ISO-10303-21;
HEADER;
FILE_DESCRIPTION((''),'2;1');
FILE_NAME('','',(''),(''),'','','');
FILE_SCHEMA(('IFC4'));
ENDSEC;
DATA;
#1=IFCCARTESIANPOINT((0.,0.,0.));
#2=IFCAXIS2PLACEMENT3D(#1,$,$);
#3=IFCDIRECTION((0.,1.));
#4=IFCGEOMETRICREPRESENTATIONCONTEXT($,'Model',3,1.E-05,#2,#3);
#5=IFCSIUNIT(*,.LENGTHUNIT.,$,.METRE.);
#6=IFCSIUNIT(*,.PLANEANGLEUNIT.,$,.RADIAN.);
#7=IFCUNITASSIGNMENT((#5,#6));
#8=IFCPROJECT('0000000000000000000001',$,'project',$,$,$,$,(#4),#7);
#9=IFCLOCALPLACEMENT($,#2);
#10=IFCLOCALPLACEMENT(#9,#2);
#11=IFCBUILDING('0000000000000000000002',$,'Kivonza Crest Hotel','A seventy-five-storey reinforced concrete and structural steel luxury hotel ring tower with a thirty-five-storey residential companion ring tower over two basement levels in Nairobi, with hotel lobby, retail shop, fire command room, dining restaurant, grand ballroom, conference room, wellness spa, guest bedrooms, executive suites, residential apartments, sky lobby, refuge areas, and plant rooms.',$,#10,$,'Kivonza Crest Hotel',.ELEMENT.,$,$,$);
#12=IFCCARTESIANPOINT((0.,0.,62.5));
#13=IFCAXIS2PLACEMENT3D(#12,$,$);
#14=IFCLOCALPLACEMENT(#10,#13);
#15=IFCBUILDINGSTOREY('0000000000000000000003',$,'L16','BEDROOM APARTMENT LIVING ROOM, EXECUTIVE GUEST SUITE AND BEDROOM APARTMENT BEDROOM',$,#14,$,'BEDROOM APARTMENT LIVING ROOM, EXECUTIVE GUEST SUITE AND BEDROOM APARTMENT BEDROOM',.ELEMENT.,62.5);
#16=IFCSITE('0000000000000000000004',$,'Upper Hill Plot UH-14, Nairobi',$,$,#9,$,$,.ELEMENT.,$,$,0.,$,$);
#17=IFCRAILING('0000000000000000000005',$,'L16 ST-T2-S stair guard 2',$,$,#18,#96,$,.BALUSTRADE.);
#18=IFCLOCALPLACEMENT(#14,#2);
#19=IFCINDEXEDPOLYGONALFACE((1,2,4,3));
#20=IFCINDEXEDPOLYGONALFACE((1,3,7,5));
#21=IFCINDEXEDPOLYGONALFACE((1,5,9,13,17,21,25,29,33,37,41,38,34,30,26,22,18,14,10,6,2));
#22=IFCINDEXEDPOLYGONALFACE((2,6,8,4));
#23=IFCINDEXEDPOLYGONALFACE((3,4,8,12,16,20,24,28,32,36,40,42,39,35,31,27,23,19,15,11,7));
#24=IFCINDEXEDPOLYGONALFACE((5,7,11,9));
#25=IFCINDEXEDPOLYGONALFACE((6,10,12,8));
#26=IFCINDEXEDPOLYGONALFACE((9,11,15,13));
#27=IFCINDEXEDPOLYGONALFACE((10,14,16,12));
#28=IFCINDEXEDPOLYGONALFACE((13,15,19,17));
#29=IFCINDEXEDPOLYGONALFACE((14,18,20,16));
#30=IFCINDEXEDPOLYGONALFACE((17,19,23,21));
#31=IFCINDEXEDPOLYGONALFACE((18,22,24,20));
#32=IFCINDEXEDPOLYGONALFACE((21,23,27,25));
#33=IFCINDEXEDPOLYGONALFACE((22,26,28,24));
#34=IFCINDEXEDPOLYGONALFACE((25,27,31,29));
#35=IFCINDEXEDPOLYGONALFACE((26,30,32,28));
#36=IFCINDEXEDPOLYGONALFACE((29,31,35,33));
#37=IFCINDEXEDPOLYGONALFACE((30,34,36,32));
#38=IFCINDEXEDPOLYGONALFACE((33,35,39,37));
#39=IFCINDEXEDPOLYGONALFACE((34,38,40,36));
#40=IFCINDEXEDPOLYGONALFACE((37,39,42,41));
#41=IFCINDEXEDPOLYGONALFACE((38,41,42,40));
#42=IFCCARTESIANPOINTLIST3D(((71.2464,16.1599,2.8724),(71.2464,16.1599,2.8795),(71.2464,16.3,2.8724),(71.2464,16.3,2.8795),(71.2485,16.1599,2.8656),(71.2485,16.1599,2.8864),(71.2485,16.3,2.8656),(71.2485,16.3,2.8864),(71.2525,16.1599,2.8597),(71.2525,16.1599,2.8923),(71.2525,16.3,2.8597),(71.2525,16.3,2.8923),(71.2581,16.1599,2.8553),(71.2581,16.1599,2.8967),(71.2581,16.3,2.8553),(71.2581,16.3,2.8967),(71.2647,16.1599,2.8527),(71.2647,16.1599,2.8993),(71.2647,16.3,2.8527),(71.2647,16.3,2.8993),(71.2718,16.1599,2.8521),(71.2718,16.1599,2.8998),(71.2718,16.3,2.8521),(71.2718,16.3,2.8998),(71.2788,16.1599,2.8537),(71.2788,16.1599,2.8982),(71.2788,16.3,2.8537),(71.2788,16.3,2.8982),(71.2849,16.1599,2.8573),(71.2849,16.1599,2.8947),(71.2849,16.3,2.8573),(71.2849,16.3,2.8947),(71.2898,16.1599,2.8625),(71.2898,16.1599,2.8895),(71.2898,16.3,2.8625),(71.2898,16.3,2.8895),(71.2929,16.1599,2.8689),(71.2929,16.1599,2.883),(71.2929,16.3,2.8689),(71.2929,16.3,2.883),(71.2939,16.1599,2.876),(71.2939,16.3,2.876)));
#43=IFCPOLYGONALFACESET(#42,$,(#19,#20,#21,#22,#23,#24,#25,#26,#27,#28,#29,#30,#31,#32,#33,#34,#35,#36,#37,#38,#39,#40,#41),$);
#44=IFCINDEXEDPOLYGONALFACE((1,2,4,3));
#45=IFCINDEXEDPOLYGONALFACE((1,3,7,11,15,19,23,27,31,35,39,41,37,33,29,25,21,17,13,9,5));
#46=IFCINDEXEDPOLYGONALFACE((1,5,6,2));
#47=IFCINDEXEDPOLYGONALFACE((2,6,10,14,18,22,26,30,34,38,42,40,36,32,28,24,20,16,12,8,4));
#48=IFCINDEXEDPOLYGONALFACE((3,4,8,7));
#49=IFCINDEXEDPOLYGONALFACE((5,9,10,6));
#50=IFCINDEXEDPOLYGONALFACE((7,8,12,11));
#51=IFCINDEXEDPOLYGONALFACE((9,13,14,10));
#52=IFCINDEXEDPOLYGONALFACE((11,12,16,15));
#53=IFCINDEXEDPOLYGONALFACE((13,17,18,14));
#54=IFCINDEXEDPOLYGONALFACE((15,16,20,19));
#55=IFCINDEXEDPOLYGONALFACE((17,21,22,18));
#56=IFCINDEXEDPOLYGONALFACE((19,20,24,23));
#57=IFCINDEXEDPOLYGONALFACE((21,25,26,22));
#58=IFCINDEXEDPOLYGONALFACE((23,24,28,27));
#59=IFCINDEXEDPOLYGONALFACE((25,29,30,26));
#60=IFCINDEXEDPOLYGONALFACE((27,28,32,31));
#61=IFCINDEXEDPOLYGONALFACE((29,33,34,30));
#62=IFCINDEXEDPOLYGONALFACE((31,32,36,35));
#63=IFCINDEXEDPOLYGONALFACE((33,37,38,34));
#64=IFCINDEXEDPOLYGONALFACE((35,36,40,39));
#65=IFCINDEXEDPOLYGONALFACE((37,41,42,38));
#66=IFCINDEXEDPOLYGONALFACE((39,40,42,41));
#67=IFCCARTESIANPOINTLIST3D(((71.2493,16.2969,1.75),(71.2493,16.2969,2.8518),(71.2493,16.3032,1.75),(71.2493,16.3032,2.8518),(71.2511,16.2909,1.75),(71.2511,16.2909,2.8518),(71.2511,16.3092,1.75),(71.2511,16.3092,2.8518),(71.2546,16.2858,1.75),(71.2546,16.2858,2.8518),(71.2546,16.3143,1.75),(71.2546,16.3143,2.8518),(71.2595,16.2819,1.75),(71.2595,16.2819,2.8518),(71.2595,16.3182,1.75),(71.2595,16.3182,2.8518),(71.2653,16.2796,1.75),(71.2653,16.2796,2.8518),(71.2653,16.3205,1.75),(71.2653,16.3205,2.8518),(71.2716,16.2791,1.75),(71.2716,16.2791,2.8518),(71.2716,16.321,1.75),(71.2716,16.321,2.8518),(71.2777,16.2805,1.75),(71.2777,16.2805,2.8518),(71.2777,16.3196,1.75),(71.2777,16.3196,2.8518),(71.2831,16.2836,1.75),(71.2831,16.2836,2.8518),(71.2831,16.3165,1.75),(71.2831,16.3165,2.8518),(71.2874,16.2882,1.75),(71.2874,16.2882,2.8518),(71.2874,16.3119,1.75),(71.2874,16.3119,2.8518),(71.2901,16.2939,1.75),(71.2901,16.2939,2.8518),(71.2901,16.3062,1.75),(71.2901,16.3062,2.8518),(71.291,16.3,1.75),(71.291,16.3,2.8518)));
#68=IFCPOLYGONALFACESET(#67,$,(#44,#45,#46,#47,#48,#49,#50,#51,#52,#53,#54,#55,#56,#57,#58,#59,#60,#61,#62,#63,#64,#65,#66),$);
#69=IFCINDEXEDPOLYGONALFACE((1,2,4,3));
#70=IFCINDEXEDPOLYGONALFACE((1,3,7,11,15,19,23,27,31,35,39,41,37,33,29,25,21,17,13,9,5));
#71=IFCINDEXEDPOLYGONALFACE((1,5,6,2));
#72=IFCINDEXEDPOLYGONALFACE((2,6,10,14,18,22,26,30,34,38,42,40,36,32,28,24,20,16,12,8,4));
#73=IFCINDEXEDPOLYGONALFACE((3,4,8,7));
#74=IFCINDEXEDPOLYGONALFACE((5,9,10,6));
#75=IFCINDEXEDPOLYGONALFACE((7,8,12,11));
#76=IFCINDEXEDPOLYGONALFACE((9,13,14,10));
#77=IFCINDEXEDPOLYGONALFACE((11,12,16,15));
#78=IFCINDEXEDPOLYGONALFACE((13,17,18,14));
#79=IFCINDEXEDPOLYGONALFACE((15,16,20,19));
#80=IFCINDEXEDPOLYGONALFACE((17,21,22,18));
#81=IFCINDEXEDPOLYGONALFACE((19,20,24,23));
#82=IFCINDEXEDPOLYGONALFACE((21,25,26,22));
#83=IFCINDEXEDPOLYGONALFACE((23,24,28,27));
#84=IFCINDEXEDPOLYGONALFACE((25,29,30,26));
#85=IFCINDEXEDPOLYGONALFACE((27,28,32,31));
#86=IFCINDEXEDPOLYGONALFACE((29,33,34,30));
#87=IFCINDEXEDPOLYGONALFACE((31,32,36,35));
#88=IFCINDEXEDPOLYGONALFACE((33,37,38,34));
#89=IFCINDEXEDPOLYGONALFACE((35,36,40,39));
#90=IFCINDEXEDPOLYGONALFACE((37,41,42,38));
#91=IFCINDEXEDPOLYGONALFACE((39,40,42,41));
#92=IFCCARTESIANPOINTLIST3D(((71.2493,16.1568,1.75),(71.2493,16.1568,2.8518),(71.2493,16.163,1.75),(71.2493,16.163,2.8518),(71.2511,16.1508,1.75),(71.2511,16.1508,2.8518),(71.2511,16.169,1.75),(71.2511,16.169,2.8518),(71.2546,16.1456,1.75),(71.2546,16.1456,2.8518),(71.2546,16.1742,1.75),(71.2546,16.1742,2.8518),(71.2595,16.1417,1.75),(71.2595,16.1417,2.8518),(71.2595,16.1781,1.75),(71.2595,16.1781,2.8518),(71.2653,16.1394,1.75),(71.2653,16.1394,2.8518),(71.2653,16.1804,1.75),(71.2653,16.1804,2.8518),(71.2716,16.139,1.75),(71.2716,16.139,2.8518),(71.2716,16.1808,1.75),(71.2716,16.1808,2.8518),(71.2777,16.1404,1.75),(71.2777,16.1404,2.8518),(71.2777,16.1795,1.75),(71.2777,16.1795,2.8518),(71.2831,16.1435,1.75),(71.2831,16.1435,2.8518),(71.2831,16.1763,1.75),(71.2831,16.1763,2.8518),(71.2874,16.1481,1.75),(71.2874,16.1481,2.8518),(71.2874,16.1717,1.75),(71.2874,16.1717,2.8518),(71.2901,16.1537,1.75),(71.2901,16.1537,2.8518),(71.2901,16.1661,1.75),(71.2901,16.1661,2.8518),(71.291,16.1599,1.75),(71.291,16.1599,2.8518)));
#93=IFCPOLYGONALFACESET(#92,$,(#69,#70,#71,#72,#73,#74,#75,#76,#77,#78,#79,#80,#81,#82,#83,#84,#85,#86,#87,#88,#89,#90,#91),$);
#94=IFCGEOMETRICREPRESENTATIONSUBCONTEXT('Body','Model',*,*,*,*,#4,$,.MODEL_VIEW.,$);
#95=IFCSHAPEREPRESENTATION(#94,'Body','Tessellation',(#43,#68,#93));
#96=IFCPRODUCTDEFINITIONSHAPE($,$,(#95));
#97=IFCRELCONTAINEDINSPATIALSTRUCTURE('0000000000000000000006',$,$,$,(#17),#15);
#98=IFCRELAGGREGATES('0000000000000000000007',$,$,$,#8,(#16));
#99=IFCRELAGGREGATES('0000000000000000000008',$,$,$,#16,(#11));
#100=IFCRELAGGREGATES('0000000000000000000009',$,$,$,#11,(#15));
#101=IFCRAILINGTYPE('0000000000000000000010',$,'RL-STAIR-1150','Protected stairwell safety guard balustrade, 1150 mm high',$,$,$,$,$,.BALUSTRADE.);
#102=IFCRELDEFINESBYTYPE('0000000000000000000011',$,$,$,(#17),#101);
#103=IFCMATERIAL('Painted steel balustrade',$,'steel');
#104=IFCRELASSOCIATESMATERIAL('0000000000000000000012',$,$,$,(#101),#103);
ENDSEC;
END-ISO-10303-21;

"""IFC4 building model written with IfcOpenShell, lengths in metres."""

from ifc_helpers import new_model, si_unit, direction, frame, origin, origin_2d, place, context, subcontext, project, spatial, circle, extrude, material, type_object, element, save


model = new_model("IFC4")

# Units and contexts
model_context = context("Model", 3, precision=1e-05, world=origin(), true_north=direction((0.0, 1.0)))
body_context = subcontext(model_context, "Body", "Model", "MODEL_VIEW")
ifc_project = project(units=[si_unit("LENGTHUNIT", "METRE"), si_unit("PLANEANGLEUNIT", "RADIAN")], contexts=[model_context])

# Site, building, storey
site_placement = place(None, origin())
site = spatial("IfcSite", under=ifc_project, at=site_placement, Name="Upper Hill Plot UH-14, Nairobi", CompositionType="ELEMENT", RefElevation=0.0)
building_placement = place(site_placement, origin())
building = spatial("IfcBuilding", under=site, at=building_placement, Name="Kivonza Crest Hotel", Description="A seventy-five-storey reinforced concrete and structural steel luxury hotel ring tower with a thirty-five-storey residential companion ring tower over two basement levels in Nairobi, with hotel lobby, retail shop, fire command room, dining restaurant, grand ballroom, conference room, wellness spa, guest bedrooms, executive suites, residential apartments, sky lobby, refuge areas, and plant rooms.", LongName="Kivonza Crest Hotel", CompositionType="ELEMENT")
storey_placement = place(building_placement, frame((0.0, 0.0, 62.5)))
storey = spatial("IfcBuildingStorey", under=building, at=storey_placement, Name="L16", Description="BEDROOM APARTMENT LIVING ROOM, EXECUTIVE GUEST SUITE AND BEDROOM APARTMENT BEDROOM", LongName="BEDROOM APARTMENT LIVING ROOM, EXECUTIVE GUEST SUITE AND BEDROOM APARTMENT BEDROOM", CompositionType="ELEMENT", Elevation=62.5)

# Railing
ifc_material_1 = material(Name="Painted steel balustrade", Category="steel")
railing_type_1 = type_object("IfcRailingType", Name="RL-STAIR-1150", Description="Protected stairwell safety guard balustrade, 1150 mm high", PredefinedType="BALUSTRADE", material=ifc_material_1)
railing_1_placement = place(storey_placement, frame((71.27, 16.3, 1.75)))
element("IfcRailing", 1, at=railing_1_placement, inside=storey, type_object=railing_type_1, Name="L16 ST-T2-S stair guard 2", PredefinedType="BALUSTRADE", context=body_context, shape_type="SweptSolid", body=[
    extrude(circle(Radius=0.0239, at=origin_2d()), frame((0.0, 0.0, 1.126), z_axis=(0.0, -1.0, 0.0), x_axis=(1.0, 0.0, 0.0)), (0.0, 0.0, 1.0), 0.1401),
    extrude(circle(Radius=0.021, at=origin_2d()), origin(), (0.0, 0.0, 1.0), 1.1018),
    extrude(circle(Radius=0.021, at=origin_2d()), frame((0.0, -0.1401, 0.0)), (0.0, 0.0, 1.0), 1.1018),
])

save(model, "model.ifc")
